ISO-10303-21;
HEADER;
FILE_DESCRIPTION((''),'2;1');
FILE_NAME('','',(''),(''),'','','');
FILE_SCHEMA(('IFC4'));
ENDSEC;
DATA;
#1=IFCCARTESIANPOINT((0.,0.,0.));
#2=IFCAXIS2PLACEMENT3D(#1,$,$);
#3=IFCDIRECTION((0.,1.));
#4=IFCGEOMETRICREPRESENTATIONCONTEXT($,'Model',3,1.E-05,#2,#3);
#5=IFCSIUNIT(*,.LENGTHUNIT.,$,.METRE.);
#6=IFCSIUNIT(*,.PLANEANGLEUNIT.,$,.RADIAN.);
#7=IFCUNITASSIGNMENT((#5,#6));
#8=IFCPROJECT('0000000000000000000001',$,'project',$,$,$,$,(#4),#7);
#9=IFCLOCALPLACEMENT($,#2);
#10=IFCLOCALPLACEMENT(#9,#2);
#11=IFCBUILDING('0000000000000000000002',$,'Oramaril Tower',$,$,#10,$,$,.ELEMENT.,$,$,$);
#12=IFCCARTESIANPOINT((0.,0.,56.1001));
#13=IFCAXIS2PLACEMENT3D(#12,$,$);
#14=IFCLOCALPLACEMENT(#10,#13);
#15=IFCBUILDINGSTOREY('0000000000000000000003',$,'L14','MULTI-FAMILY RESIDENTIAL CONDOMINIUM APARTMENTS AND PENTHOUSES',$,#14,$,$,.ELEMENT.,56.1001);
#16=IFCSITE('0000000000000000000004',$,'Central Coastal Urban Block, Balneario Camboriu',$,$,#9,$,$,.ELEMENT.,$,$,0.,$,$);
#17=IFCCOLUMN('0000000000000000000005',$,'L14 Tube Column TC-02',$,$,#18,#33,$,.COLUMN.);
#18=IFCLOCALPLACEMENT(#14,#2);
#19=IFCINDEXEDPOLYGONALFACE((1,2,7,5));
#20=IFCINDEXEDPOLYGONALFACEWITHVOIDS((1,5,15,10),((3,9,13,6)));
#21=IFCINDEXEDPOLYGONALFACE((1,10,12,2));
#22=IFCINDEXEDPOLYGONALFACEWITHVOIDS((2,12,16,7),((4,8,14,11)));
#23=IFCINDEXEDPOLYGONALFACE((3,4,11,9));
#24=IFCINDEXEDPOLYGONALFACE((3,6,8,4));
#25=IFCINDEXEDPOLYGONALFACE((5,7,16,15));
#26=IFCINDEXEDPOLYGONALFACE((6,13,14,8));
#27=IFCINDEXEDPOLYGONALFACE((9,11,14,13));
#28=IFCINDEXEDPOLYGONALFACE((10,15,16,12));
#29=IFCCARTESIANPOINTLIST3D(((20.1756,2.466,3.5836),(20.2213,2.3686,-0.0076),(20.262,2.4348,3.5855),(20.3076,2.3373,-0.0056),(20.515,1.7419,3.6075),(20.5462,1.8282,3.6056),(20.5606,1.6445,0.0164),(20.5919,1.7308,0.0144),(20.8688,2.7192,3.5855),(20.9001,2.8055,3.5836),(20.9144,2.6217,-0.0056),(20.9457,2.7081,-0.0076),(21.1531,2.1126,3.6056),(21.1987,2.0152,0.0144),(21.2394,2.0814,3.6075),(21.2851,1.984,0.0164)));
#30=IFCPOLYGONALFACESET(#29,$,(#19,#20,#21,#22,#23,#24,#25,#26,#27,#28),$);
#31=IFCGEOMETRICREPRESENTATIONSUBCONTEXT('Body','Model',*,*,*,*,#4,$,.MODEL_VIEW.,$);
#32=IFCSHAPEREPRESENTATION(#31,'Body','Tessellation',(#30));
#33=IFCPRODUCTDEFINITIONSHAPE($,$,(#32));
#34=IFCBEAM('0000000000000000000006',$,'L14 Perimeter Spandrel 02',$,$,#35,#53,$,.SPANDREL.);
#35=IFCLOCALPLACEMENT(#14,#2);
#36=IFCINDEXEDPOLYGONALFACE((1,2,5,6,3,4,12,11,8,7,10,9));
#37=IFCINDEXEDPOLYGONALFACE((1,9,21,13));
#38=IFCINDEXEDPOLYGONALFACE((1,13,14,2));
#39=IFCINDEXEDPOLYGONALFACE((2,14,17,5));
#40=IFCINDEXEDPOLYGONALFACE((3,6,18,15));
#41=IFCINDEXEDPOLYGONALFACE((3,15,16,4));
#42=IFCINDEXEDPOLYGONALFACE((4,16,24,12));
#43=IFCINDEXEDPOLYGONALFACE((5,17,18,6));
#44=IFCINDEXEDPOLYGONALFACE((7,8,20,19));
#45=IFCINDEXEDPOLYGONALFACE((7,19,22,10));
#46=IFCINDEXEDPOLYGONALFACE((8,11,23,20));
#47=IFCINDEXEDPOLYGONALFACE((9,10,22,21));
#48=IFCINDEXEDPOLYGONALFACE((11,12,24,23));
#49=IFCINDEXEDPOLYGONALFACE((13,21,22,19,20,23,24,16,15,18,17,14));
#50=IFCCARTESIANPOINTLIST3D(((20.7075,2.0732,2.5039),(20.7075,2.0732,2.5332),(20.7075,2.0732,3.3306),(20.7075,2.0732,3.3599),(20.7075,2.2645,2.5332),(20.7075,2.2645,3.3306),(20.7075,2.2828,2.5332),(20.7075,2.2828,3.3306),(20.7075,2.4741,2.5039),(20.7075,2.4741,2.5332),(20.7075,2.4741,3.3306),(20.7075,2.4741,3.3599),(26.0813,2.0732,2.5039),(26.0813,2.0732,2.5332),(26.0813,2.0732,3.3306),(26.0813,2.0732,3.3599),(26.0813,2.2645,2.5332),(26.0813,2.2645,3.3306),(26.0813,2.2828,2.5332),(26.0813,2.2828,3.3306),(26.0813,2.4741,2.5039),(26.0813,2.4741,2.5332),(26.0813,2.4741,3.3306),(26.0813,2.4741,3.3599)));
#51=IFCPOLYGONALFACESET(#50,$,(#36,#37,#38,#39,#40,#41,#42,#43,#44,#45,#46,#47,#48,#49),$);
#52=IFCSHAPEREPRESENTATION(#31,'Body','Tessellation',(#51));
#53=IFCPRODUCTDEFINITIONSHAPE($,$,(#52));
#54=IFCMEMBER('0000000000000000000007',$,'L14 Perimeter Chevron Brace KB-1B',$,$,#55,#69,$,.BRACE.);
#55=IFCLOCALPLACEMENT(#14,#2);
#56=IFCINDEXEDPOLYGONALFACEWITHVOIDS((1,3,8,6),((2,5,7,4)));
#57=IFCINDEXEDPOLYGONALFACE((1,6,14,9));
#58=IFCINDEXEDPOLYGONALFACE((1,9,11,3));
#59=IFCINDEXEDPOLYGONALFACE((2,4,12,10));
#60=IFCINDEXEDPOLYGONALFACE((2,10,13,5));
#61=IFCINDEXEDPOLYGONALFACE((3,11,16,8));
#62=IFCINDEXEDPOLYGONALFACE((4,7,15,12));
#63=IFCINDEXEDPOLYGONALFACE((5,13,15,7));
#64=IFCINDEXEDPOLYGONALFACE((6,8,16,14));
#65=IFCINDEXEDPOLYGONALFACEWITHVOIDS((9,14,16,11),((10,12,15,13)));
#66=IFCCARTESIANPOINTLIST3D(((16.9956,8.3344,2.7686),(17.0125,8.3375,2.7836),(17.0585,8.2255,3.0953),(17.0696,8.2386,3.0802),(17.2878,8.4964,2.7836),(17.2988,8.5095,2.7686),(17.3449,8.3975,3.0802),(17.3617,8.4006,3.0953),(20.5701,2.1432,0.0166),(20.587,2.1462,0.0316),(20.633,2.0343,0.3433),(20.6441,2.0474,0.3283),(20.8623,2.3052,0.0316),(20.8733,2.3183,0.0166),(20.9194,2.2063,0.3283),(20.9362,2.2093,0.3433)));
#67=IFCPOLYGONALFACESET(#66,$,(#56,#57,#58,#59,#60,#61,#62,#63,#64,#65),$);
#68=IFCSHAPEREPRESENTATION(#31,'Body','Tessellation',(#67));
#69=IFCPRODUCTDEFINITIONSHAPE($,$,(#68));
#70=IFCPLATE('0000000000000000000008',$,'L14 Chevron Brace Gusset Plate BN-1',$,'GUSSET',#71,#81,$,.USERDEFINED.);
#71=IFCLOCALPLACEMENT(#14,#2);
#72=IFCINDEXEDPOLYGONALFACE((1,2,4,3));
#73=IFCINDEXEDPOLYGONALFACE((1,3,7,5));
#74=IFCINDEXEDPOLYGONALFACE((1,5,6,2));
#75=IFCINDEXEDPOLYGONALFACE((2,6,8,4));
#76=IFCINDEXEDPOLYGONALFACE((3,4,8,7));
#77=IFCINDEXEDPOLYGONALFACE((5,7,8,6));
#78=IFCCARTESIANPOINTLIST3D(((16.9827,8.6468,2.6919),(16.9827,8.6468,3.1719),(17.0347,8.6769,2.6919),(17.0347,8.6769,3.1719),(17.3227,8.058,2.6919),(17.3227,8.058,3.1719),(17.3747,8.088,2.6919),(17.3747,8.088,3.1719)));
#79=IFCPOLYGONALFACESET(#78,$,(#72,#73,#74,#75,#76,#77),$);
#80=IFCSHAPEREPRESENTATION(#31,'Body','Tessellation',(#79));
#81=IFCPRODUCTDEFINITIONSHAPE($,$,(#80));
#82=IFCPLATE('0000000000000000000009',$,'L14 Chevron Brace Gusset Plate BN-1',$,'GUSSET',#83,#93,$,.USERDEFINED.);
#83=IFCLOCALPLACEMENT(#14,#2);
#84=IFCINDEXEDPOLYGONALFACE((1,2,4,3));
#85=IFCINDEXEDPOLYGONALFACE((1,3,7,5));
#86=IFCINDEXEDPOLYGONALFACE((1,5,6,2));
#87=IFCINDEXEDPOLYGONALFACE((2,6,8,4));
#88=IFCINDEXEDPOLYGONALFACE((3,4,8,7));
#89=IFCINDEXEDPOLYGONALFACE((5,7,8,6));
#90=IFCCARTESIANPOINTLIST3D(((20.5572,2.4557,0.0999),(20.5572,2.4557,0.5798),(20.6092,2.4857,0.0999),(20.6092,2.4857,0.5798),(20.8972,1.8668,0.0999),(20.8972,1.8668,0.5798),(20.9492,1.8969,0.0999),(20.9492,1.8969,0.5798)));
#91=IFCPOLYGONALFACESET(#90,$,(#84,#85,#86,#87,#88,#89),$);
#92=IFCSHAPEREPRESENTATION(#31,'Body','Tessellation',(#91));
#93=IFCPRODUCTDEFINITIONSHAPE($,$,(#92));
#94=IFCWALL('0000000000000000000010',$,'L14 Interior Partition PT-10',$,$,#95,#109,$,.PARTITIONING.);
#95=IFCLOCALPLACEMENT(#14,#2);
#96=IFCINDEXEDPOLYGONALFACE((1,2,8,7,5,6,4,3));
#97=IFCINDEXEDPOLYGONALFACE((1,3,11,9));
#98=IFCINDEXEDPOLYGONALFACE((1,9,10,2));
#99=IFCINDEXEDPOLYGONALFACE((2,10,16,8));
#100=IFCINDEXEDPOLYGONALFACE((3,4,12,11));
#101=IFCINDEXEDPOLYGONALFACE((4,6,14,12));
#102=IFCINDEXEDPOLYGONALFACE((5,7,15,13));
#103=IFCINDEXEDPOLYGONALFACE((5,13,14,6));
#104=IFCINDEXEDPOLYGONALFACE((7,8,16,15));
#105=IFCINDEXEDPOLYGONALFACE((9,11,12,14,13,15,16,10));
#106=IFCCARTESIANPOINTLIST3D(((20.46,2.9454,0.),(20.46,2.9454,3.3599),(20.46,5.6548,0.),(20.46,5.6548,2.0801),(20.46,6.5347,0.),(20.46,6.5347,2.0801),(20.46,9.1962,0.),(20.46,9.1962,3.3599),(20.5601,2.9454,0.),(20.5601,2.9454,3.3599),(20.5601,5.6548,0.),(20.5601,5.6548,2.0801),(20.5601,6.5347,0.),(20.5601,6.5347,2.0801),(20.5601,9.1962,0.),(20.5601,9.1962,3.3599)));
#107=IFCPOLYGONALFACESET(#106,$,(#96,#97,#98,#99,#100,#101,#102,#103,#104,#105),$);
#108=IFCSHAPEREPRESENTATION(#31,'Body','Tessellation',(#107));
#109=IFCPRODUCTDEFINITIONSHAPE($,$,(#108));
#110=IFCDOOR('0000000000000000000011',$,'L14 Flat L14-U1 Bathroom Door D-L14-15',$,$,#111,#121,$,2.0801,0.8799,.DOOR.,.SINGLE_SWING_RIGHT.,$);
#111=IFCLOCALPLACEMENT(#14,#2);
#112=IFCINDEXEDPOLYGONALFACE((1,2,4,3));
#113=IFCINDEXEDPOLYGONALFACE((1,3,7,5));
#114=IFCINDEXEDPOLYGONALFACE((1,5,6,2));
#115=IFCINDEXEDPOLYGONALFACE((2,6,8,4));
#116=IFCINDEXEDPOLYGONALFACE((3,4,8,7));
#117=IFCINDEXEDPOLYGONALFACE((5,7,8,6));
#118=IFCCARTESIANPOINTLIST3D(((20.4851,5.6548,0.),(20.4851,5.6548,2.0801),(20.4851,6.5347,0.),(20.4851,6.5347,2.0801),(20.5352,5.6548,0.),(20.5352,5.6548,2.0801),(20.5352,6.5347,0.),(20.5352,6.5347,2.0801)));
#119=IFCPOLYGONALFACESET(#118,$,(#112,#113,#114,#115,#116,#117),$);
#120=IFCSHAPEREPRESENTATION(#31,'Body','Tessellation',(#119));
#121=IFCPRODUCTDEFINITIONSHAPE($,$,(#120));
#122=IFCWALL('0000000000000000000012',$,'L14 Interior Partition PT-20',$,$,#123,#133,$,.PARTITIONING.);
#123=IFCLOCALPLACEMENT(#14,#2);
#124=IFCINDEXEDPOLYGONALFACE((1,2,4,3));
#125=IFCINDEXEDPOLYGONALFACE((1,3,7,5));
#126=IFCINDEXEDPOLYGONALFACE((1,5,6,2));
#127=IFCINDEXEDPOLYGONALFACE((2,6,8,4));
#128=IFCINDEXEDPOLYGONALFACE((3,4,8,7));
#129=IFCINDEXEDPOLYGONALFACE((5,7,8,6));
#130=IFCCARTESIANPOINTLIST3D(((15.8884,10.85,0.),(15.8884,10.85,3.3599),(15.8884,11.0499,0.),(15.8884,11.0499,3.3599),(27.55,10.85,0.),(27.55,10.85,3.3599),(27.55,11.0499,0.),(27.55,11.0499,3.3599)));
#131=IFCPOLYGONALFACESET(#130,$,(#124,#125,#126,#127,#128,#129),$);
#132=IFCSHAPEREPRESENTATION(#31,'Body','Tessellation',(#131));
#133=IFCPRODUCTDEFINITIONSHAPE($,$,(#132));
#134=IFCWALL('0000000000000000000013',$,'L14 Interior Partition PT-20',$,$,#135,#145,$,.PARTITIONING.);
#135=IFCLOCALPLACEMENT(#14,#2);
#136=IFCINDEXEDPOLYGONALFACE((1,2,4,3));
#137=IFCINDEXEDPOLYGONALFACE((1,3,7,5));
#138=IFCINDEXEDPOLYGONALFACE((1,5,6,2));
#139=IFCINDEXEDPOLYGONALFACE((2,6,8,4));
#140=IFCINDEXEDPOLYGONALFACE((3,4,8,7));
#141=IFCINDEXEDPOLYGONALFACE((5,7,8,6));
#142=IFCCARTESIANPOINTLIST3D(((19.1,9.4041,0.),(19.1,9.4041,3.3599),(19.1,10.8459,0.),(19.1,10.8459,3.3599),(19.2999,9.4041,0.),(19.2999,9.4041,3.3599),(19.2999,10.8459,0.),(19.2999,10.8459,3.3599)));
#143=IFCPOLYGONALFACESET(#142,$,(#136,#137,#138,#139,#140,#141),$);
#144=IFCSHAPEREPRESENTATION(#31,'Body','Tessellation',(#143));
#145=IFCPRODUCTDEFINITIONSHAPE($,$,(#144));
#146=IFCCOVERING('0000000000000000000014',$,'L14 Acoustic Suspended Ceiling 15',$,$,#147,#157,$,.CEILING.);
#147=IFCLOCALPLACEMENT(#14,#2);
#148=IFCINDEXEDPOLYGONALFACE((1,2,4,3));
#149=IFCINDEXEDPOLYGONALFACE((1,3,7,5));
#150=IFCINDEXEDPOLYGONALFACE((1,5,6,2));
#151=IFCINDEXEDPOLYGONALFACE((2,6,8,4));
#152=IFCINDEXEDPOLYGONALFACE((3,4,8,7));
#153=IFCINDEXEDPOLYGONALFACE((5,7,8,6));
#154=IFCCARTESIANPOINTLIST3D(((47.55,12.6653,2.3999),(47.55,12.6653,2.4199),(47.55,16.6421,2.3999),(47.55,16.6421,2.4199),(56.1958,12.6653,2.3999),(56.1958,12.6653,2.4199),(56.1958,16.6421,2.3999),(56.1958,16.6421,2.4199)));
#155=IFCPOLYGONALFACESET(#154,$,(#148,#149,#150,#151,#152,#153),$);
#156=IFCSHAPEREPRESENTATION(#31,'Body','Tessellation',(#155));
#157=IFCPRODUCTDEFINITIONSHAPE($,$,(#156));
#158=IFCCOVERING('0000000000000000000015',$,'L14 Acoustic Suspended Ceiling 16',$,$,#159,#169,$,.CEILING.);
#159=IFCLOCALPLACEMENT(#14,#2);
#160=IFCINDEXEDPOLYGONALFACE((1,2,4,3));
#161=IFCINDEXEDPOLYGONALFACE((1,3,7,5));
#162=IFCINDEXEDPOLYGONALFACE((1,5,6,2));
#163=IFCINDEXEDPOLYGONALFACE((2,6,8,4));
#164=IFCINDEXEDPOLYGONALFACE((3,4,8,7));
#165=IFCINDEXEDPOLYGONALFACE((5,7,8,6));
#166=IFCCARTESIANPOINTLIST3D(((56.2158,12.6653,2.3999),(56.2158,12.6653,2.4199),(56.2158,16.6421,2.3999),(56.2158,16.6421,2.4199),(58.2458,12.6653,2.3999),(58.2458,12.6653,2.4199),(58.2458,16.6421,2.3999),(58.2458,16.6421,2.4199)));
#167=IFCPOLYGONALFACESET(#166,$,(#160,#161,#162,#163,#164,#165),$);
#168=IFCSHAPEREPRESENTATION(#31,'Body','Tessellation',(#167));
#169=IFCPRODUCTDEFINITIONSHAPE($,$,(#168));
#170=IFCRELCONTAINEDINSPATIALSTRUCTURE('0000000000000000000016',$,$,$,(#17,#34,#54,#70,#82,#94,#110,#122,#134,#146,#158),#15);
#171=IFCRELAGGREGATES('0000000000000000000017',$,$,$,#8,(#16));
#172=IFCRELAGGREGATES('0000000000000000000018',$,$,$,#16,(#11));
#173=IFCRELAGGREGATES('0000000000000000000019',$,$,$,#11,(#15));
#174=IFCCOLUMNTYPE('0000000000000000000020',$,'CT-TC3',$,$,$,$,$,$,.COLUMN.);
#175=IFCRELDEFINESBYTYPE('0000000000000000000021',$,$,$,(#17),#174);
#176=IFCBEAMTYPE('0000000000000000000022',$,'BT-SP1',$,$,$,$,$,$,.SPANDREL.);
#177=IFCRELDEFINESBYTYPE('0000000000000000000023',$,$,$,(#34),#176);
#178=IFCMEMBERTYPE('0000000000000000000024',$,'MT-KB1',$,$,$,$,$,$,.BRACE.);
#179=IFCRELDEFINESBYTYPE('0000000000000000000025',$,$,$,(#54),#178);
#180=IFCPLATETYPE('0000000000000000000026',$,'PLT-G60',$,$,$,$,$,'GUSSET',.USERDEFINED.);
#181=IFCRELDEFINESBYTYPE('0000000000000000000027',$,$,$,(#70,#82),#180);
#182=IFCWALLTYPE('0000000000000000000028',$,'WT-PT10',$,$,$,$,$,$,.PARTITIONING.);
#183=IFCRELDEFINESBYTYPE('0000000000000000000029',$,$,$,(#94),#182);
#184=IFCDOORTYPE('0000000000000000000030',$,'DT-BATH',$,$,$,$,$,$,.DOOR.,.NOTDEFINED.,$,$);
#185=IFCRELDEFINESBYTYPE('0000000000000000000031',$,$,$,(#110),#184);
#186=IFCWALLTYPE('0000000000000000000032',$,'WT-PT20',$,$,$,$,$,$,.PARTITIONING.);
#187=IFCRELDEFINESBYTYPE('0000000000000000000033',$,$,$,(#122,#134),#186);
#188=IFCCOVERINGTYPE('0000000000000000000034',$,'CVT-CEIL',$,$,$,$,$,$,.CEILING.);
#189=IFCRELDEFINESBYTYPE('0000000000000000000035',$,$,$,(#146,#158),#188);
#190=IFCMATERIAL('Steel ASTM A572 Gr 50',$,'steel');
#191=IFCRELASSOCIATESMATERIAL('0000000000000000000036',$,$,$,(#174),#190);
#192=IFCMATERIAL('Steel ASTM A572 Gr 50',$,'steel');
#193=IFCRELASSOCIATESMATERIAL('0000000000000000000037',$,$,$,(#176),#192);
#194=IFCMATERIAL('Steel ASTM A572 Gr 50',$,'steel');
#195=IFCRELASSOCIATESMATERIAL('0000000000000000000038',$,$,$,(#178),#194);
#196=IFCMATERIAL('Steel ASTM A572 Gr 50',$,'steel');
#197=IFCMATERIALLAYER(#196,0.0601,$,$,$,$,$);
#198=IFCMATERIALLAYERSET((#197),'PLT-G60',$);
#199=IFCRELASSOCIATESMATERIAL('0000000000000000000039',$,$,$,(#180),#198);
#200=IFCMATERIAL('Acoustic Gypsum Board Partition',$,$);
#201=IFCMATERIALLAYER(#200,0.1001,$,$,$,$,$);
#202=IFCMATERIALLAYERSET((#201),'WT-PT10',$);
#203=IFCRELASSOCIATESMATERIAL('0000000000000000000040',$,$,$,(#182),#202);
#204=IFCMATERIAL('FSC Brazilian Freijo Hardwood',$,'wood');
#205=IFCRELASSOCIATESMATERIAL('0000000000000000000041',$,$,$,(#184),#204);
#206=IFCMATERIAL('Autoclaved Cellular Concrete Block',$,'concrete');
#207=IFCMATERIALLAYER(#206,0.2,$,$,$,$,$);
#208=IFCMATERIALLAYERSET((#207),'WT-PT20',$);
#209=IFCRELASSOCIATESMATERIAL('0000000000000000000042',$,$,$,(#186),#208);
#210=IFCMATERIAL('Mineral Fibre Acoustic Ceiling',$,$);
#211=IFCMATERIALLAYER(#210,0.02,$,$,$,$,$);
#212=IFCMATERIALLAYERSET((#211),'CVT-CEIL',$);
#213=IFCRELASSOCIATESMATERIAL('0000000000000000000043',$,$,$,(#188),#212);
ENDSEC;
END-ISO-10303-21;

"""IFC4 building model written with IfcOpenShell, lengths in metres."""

from ifc_helpers import new_model, si_unit, direction, frame, frame_2d, origin, origin_2d, place, context, subcontext, project, spatial, polyline, rectangle, hollow_rectangle, i_section, outline, extrude, material, layer, layer_set, material_profile, profile_set, type_object, element, fill, save


model = new_model("IFC4")

# Units and contexts
model_context = context("Model", 3, precision=1e-05, world=origin(), true_north=direction((0.0, 1.0)))
body_context = subcontext(model_context, "Body", "Model", "MODEL_VIEW")
ifc_project = project(units=[si_unit("LENGTHUNIT", "METRE"), si_unit("PLANEANGLEUNIT", "RADIAN")], contexts=[model_context])

# Site, building, storey
site_placement = place(None, origin())
site = spatial("IfcSite", under=ifc_project, at=site_placement, Name="Central Coastal Urban Block, Balneario Camboriu", CompositionType="ELEMENT", RefElevation=0.0)
building_placement = place(site_placement, origin())
building = spatial("IfcBuilding", under=site, at=building_placement, Name="Oramaril Tower", CompositionType="ELEMENT")
storey_placement = place(building_placement, frame((0.0, 0.0, 56.1001)))
storey = spatial("IfcBuildingStorey", under=building, at=storey_placement, Name="L14", Description="MULTI-FAMILY RESIDENTIAL CONDOMINIUM APARTMENTS AND PENTHOUSES", CompositionType="ELEMENT", Elevation=56.1001)

# Column
ifc_material_1 = material(Name="Steel ASTM A572 Gr 50", Category="steel")
ifc_material_profile_1 = material_profile(ifc_material_1, hollow_rectangle(XDim=0.8, YDim=0.8, WallThickness=0.0649, at=origin_2d()), Name="BOX800X800X65")
ifc_profile_set_1 = profile_set([ifc_material_profile_1], Name="Steel ASTM A572 Gr 50")
column_type = type_object("IfcColumnType", Name="CT-TC3", PredefinedType="COLUMN", material=ifc_profile_set_1)
column_placement = place(storey_placement, frame((20.7532, 2.1763, 0.0044), z_axis=(-0.012708, 0.027114, 0.999552), x_axis=(-0.905486, -0.424376, 0.0)))
element("IfcColumn", 1, at=column_placement, inside=storey, type_object=column_type, Name="L14 Tube Column TC-02", PredefinedType="COLUMN", context=body_context, shape_type="SweptSolid", body=[
    extrude(hollow_rectangle(XDim=0.8, YDim=0.8, WallThickness=0.0649, at=origin_2d()), origin(), (0.0, 0.0, 1.0), 3.5928),
])

# Beam
ifc_material_2 = material(Name="Steel ASTM A572 Gr 50", Category="steel")
ifc_material_profile_2 = material_profile(ifc_material_2, i_section(OverallWidth=0.4009, OverallDepth=0.856, WebThickness=0.0183, FlangeThickness=0.0293, at=origin_2d()), Name="W33X201")
ifc_profile_set_2 = profile_set([ifc_material_profile_2], Name="Steel ASTM A572 Gr 50")
beam_type = type_object("IfcBeamType", Name="BT-SP1", PredefinedType="SPANDREL", material=ifc_profile_set_2)
beam_placement = place(storey_placement, frame((20.7075, 2.2737, 2.9319), z_axis=(1.0, 0.0, 0.0), x_axis=(0.0, 1.0, 0.0)))
element("IfcBeam", 2, at=beam_placement, inside=storey, type_object=beam_type, Name="L14 Perimeter Spandrel 02", PredefinedType="SPANDREL", context=body_context, shape_type="SweptSolid", body=[
    extrude(i_section(OverallWidth=0.4009, OverallDepth=0.856, WebThickness=0.0183, FlangeThickness=0.0293, at=origin_2d()), origin(), (0.0, 0.0, 1.0), 5.3738),
])

# Member
ifc_material_3 = material(Name="Steel ASTM A572 Gr 50", Category="steel")
ifc_material_profile_3 = material_profile(ifc_material_3, hollow_rectangle(XDim=0.3501, YDim=0.3501, WallThickness=0.0161, at=origin_2d()), Name="HSS350X350X16")
ifc_profile_set_3 = profile_set([ifc_material_profile_3], Name="Steel ASTM A572 Gr 50")
member_type = type_object("IfcMemberType", Name="MT-KB1", PredefinedType="BRACE", material=ifc_profile_set_3)
member_placement = place(storey_placement, frame((20.7532, 2.1763, 0.1799), z_axis=(-0.466621, 0.808212, 0.359248), x_axis=(-0.866026, -0.499999, 0.0)))
element("IfcMember", 3, at=member_placement, inside=storey, type_object=member_type, Name="L14 Perimeter Chevron Brace KB-1B", PredefinedType="BRACE", context=body_context, shape_type="SweptSolid", body=[
    extrude(hollow_rectangle(XDim=0.3501, YDim=0.3501, WallThickness=0.0161, at=origin_2d()), origin(), (0.0, 0.0, 1.0), 7.6604),
])

# Plates
ifc_material_4 = material(Name="Steel ASTM A572 Gr 50", Category="steel")
ifc_layer_1 = layer(ifc_material_4, 0.0601)
ifc_layer_set_1 = layer_set([ifc_layer_1], Name="PLT-G60")
plate_type = type_object("IfcPlateType", Name="PLT-G60", ElementType="GUSSET", PredefinedType="USERDEFINED", material=ifc_layer_set_1)
for number, where, z_axis, x_axis, name in (
    (4, (17.1787, 8.3674, 2.6919), (0.0, 0.0, 1.0), (0.500002, -0.866025, 0.0), "L14 Chevron Brace Gusset Plate BN-1"),
    (5, (20.7532, 2.1763, 0.0999), (0.0, 0.0, 1.0), (0.500002, -0.866025, 0.0), "L14 Chevron Brace Gusset Plate BN-1"),
):
    element("IfcPlate", number, at=place(storey_placement, frame(where, z_axis=z_axis, x_axis=x_axis)), inside=storey, type_object=plate_type, Name=name, ObjectType="GUSSET", PredefinedType="USERDEFINED", context=body_context, shape_type="SweptSolid", body=[
        extrude(rectangle(XDim=0.6799, YDim=0.0601, at=origin_2d()), origin(), (0.0, 0.0, 1.0), 0.48),
    ])

# Wall, opening, door
ifc_material_5 = material(Name="Acoustic Gypsum Board Partition")
ifc_layer_2 = layer(ifc_material_5, 0.1001)
ifc_layer_set_2 = layer_set([ifc_layer_2], Name="WT-PT10")
wall_type_1 = type_object("IfcWallType", Name="WT-PT10", PredefinedType="PARTITIONING", material=ifc_layer_set_2)
wall_1_placement = place(storey_placement, frame((20.51, 2.9453, 0.0), z_axis=(0.0, 0.0, 1.0), x_axis=(0.0, 1.0, 0.0)))
wall_1 = element("IfcWall", 6, at=wall_1_placement, inside=storey, type_object=wall_type_1, Name="L14 Interior Partition PT-10", PredefinedType="PARTITIONING", context=body_context, shape_type="SweptSolid", body=[
    extrude(rectangle(XDim=6.2507, YDim=0.1001, at=frame_2d((3.1255, 0.0))), origin(), (0.0, 0.0, 1.0), 3.3599),
])
opening_1_placement = place(wall_1_placement, frame((2.7095, 0.0, 0.0)))
opening_1 = element("IfcOpeningElement", 7, at=opening_1_placement, cuts=wall_1, PredefinedType="OPENING", context=body_context, shape_type="SweptSolid", body=[
    extrude(rectangle(XDim=0.8799, YDim=2.0801, at=frame_2d((0.4399, 1.04))), frame((0.0, 0.05, 0.0), z_axis=(0.0, -1.0, 0.0), x_axis=(1.0, 0.0, 0.0)), (0.0, 0.0, 1.0), 0.1001),
])
ifc_material_6 = material(Name="FSC Brazilian Freijo Hardwood", Category="wood")
door_type_1 = type_object("IfcDoorType", Name="DT-BATH", OperationType="NOTDEFINED", PredefinedType="DOOR", material=ifc_material_6)
door_1_placement = place(opening_1_placement, origin())
door_1 = element("IfcDoor", 8, at=door_1_placement, inside=storey, type_object=door_type_1, Name="L14 Flat L14-U1 Bathroom Door D-L14-15", OperationType="SINGLE_SWING_RIGHT", OverallHeight=2.0801, OverallWidth=0.8799, PredefinedType="DOOR", context=body_context, shape_type="SweptSolid", body=[
    extrude(rectangle(XDim=0.8799, YDim=2.0801, at=frame_2d((0.4399, 1.04))), frame((0.0, 0.0249, 0.0), z_axis=(0.0, -1.0, 0.0), x_axis=(1.0, 0.0, 0.0)), (0.0, 0.0, 1.0), 0.05),
])
fill(opening_1, door_1)

# Shared definitions
ifc_material_7 = material(Name="Autoclaved Cellular Concrete Block", Category="concrete")
ifc_layer_3 = layer(ifc_material_7, 0.2)
ifc_layer_set_3 = layer_set([ifc_layer_3], Name="WT-PT20")
wall_type_2 = type_object("IfcWallType", Name="WT-PT20", PredefinedType="PARTITIONING", material=ifc_layer_set_3)

# Walls
wall_2_placement = place(storey_placement, frame((15.8884, 10.95, 0.0), z_axis=(0.0, 0.0, 1.0), x_axis=(1.0, 0.0, 0.0)))
element("IfcWall", 9, at=wall_2_placement, inside=storey, type_object=wall_type_2, Name="L14 Interior Partition PT-20", PredefinedType="PARTITIONING", context=body_context, shape_type="SweptSolid", body=[
    extrude(rectangle(XDim=11.6616, YDim=0.2, at=frame_2d((5.8308, 0.0))), origin(), (0.0, 0.0, 1.0), 3.3599),
])
wall_3_placement = place(storey_placement, frame((19.2, 9.4041, 0.0), z_axis=(0.0, 0.0, 1.0), x_axis=(0.0, 1.0, 0.0)))
element("IfcWall", 10, at=wall_3_placement, inside=storey, type_object=wall_type_2, Name="L14 Interior Partition PT-20", PredefinedType="PARTITIONING", context=body_context, shape_type="SweptSolid", body=[
    extrude(rectangle(XDim=1.4419, YDim=0.2, at=frame_2d((0.7209, 0.0))), origin(), (0.0, 0.0, 1.0), 3.3599),
])

# Coverings
ifc_material_8 = material(Name="Mineral Fibre Acoustic Ceiling")
ifc_layer_4 = layer(ifc_material_8, 0.02)
ifc_layer_set_4 = layer_set([ifc_layer_4], Name="CVT-CEIL")
covering_type_1 = type_object("IfcCoveringType", Name="CVT-CEIL", PredefinedType="CEILING", material=ifc_layer_set_4)
covering_1_placement = place(storey_placement, frame((0.0, 0.0, 2.3999)))
element("IfcCovering", 11, at=covering_1_placement, inside=storey, type_object=covering_type_1, Name="L14 Acoustic Suspended Ceiling 15", PredefinedType="CEILING", context=body_context, shape_type="SweptSolid", body=[
    extrude(outline(polyline([(56.1958, 16.6421), (56.1958, 12.6653), (47.55, 12.6653), (47.55, 16.6421), (56.1958, 16.6421)])), origin(), (0.0, 0.0, 1.0), 0.02),
])
covering_2_placement = place(storey_placement, frame((0.0, 0.0, 2.3999)))
element("IfcCovering", 12, at=covering_2_placement, inside=storey, type_object=covering_type_1, Name="L14 Acoustic Suspended Ceiling 16", PredefinedType="CEILING", context=body_context, shape_type="SweptSolid", body=[
    extrude(outline(polyline([(58.2458, 16.6421), (58.2458, 12.6653), (56.2158, 12.6653), (56.2158, 16.6421), (58.2458, 16.6421)])), origin(), (0.0, 0.0, 1.0), 0.02),
])

save(model, "model.ifc")
